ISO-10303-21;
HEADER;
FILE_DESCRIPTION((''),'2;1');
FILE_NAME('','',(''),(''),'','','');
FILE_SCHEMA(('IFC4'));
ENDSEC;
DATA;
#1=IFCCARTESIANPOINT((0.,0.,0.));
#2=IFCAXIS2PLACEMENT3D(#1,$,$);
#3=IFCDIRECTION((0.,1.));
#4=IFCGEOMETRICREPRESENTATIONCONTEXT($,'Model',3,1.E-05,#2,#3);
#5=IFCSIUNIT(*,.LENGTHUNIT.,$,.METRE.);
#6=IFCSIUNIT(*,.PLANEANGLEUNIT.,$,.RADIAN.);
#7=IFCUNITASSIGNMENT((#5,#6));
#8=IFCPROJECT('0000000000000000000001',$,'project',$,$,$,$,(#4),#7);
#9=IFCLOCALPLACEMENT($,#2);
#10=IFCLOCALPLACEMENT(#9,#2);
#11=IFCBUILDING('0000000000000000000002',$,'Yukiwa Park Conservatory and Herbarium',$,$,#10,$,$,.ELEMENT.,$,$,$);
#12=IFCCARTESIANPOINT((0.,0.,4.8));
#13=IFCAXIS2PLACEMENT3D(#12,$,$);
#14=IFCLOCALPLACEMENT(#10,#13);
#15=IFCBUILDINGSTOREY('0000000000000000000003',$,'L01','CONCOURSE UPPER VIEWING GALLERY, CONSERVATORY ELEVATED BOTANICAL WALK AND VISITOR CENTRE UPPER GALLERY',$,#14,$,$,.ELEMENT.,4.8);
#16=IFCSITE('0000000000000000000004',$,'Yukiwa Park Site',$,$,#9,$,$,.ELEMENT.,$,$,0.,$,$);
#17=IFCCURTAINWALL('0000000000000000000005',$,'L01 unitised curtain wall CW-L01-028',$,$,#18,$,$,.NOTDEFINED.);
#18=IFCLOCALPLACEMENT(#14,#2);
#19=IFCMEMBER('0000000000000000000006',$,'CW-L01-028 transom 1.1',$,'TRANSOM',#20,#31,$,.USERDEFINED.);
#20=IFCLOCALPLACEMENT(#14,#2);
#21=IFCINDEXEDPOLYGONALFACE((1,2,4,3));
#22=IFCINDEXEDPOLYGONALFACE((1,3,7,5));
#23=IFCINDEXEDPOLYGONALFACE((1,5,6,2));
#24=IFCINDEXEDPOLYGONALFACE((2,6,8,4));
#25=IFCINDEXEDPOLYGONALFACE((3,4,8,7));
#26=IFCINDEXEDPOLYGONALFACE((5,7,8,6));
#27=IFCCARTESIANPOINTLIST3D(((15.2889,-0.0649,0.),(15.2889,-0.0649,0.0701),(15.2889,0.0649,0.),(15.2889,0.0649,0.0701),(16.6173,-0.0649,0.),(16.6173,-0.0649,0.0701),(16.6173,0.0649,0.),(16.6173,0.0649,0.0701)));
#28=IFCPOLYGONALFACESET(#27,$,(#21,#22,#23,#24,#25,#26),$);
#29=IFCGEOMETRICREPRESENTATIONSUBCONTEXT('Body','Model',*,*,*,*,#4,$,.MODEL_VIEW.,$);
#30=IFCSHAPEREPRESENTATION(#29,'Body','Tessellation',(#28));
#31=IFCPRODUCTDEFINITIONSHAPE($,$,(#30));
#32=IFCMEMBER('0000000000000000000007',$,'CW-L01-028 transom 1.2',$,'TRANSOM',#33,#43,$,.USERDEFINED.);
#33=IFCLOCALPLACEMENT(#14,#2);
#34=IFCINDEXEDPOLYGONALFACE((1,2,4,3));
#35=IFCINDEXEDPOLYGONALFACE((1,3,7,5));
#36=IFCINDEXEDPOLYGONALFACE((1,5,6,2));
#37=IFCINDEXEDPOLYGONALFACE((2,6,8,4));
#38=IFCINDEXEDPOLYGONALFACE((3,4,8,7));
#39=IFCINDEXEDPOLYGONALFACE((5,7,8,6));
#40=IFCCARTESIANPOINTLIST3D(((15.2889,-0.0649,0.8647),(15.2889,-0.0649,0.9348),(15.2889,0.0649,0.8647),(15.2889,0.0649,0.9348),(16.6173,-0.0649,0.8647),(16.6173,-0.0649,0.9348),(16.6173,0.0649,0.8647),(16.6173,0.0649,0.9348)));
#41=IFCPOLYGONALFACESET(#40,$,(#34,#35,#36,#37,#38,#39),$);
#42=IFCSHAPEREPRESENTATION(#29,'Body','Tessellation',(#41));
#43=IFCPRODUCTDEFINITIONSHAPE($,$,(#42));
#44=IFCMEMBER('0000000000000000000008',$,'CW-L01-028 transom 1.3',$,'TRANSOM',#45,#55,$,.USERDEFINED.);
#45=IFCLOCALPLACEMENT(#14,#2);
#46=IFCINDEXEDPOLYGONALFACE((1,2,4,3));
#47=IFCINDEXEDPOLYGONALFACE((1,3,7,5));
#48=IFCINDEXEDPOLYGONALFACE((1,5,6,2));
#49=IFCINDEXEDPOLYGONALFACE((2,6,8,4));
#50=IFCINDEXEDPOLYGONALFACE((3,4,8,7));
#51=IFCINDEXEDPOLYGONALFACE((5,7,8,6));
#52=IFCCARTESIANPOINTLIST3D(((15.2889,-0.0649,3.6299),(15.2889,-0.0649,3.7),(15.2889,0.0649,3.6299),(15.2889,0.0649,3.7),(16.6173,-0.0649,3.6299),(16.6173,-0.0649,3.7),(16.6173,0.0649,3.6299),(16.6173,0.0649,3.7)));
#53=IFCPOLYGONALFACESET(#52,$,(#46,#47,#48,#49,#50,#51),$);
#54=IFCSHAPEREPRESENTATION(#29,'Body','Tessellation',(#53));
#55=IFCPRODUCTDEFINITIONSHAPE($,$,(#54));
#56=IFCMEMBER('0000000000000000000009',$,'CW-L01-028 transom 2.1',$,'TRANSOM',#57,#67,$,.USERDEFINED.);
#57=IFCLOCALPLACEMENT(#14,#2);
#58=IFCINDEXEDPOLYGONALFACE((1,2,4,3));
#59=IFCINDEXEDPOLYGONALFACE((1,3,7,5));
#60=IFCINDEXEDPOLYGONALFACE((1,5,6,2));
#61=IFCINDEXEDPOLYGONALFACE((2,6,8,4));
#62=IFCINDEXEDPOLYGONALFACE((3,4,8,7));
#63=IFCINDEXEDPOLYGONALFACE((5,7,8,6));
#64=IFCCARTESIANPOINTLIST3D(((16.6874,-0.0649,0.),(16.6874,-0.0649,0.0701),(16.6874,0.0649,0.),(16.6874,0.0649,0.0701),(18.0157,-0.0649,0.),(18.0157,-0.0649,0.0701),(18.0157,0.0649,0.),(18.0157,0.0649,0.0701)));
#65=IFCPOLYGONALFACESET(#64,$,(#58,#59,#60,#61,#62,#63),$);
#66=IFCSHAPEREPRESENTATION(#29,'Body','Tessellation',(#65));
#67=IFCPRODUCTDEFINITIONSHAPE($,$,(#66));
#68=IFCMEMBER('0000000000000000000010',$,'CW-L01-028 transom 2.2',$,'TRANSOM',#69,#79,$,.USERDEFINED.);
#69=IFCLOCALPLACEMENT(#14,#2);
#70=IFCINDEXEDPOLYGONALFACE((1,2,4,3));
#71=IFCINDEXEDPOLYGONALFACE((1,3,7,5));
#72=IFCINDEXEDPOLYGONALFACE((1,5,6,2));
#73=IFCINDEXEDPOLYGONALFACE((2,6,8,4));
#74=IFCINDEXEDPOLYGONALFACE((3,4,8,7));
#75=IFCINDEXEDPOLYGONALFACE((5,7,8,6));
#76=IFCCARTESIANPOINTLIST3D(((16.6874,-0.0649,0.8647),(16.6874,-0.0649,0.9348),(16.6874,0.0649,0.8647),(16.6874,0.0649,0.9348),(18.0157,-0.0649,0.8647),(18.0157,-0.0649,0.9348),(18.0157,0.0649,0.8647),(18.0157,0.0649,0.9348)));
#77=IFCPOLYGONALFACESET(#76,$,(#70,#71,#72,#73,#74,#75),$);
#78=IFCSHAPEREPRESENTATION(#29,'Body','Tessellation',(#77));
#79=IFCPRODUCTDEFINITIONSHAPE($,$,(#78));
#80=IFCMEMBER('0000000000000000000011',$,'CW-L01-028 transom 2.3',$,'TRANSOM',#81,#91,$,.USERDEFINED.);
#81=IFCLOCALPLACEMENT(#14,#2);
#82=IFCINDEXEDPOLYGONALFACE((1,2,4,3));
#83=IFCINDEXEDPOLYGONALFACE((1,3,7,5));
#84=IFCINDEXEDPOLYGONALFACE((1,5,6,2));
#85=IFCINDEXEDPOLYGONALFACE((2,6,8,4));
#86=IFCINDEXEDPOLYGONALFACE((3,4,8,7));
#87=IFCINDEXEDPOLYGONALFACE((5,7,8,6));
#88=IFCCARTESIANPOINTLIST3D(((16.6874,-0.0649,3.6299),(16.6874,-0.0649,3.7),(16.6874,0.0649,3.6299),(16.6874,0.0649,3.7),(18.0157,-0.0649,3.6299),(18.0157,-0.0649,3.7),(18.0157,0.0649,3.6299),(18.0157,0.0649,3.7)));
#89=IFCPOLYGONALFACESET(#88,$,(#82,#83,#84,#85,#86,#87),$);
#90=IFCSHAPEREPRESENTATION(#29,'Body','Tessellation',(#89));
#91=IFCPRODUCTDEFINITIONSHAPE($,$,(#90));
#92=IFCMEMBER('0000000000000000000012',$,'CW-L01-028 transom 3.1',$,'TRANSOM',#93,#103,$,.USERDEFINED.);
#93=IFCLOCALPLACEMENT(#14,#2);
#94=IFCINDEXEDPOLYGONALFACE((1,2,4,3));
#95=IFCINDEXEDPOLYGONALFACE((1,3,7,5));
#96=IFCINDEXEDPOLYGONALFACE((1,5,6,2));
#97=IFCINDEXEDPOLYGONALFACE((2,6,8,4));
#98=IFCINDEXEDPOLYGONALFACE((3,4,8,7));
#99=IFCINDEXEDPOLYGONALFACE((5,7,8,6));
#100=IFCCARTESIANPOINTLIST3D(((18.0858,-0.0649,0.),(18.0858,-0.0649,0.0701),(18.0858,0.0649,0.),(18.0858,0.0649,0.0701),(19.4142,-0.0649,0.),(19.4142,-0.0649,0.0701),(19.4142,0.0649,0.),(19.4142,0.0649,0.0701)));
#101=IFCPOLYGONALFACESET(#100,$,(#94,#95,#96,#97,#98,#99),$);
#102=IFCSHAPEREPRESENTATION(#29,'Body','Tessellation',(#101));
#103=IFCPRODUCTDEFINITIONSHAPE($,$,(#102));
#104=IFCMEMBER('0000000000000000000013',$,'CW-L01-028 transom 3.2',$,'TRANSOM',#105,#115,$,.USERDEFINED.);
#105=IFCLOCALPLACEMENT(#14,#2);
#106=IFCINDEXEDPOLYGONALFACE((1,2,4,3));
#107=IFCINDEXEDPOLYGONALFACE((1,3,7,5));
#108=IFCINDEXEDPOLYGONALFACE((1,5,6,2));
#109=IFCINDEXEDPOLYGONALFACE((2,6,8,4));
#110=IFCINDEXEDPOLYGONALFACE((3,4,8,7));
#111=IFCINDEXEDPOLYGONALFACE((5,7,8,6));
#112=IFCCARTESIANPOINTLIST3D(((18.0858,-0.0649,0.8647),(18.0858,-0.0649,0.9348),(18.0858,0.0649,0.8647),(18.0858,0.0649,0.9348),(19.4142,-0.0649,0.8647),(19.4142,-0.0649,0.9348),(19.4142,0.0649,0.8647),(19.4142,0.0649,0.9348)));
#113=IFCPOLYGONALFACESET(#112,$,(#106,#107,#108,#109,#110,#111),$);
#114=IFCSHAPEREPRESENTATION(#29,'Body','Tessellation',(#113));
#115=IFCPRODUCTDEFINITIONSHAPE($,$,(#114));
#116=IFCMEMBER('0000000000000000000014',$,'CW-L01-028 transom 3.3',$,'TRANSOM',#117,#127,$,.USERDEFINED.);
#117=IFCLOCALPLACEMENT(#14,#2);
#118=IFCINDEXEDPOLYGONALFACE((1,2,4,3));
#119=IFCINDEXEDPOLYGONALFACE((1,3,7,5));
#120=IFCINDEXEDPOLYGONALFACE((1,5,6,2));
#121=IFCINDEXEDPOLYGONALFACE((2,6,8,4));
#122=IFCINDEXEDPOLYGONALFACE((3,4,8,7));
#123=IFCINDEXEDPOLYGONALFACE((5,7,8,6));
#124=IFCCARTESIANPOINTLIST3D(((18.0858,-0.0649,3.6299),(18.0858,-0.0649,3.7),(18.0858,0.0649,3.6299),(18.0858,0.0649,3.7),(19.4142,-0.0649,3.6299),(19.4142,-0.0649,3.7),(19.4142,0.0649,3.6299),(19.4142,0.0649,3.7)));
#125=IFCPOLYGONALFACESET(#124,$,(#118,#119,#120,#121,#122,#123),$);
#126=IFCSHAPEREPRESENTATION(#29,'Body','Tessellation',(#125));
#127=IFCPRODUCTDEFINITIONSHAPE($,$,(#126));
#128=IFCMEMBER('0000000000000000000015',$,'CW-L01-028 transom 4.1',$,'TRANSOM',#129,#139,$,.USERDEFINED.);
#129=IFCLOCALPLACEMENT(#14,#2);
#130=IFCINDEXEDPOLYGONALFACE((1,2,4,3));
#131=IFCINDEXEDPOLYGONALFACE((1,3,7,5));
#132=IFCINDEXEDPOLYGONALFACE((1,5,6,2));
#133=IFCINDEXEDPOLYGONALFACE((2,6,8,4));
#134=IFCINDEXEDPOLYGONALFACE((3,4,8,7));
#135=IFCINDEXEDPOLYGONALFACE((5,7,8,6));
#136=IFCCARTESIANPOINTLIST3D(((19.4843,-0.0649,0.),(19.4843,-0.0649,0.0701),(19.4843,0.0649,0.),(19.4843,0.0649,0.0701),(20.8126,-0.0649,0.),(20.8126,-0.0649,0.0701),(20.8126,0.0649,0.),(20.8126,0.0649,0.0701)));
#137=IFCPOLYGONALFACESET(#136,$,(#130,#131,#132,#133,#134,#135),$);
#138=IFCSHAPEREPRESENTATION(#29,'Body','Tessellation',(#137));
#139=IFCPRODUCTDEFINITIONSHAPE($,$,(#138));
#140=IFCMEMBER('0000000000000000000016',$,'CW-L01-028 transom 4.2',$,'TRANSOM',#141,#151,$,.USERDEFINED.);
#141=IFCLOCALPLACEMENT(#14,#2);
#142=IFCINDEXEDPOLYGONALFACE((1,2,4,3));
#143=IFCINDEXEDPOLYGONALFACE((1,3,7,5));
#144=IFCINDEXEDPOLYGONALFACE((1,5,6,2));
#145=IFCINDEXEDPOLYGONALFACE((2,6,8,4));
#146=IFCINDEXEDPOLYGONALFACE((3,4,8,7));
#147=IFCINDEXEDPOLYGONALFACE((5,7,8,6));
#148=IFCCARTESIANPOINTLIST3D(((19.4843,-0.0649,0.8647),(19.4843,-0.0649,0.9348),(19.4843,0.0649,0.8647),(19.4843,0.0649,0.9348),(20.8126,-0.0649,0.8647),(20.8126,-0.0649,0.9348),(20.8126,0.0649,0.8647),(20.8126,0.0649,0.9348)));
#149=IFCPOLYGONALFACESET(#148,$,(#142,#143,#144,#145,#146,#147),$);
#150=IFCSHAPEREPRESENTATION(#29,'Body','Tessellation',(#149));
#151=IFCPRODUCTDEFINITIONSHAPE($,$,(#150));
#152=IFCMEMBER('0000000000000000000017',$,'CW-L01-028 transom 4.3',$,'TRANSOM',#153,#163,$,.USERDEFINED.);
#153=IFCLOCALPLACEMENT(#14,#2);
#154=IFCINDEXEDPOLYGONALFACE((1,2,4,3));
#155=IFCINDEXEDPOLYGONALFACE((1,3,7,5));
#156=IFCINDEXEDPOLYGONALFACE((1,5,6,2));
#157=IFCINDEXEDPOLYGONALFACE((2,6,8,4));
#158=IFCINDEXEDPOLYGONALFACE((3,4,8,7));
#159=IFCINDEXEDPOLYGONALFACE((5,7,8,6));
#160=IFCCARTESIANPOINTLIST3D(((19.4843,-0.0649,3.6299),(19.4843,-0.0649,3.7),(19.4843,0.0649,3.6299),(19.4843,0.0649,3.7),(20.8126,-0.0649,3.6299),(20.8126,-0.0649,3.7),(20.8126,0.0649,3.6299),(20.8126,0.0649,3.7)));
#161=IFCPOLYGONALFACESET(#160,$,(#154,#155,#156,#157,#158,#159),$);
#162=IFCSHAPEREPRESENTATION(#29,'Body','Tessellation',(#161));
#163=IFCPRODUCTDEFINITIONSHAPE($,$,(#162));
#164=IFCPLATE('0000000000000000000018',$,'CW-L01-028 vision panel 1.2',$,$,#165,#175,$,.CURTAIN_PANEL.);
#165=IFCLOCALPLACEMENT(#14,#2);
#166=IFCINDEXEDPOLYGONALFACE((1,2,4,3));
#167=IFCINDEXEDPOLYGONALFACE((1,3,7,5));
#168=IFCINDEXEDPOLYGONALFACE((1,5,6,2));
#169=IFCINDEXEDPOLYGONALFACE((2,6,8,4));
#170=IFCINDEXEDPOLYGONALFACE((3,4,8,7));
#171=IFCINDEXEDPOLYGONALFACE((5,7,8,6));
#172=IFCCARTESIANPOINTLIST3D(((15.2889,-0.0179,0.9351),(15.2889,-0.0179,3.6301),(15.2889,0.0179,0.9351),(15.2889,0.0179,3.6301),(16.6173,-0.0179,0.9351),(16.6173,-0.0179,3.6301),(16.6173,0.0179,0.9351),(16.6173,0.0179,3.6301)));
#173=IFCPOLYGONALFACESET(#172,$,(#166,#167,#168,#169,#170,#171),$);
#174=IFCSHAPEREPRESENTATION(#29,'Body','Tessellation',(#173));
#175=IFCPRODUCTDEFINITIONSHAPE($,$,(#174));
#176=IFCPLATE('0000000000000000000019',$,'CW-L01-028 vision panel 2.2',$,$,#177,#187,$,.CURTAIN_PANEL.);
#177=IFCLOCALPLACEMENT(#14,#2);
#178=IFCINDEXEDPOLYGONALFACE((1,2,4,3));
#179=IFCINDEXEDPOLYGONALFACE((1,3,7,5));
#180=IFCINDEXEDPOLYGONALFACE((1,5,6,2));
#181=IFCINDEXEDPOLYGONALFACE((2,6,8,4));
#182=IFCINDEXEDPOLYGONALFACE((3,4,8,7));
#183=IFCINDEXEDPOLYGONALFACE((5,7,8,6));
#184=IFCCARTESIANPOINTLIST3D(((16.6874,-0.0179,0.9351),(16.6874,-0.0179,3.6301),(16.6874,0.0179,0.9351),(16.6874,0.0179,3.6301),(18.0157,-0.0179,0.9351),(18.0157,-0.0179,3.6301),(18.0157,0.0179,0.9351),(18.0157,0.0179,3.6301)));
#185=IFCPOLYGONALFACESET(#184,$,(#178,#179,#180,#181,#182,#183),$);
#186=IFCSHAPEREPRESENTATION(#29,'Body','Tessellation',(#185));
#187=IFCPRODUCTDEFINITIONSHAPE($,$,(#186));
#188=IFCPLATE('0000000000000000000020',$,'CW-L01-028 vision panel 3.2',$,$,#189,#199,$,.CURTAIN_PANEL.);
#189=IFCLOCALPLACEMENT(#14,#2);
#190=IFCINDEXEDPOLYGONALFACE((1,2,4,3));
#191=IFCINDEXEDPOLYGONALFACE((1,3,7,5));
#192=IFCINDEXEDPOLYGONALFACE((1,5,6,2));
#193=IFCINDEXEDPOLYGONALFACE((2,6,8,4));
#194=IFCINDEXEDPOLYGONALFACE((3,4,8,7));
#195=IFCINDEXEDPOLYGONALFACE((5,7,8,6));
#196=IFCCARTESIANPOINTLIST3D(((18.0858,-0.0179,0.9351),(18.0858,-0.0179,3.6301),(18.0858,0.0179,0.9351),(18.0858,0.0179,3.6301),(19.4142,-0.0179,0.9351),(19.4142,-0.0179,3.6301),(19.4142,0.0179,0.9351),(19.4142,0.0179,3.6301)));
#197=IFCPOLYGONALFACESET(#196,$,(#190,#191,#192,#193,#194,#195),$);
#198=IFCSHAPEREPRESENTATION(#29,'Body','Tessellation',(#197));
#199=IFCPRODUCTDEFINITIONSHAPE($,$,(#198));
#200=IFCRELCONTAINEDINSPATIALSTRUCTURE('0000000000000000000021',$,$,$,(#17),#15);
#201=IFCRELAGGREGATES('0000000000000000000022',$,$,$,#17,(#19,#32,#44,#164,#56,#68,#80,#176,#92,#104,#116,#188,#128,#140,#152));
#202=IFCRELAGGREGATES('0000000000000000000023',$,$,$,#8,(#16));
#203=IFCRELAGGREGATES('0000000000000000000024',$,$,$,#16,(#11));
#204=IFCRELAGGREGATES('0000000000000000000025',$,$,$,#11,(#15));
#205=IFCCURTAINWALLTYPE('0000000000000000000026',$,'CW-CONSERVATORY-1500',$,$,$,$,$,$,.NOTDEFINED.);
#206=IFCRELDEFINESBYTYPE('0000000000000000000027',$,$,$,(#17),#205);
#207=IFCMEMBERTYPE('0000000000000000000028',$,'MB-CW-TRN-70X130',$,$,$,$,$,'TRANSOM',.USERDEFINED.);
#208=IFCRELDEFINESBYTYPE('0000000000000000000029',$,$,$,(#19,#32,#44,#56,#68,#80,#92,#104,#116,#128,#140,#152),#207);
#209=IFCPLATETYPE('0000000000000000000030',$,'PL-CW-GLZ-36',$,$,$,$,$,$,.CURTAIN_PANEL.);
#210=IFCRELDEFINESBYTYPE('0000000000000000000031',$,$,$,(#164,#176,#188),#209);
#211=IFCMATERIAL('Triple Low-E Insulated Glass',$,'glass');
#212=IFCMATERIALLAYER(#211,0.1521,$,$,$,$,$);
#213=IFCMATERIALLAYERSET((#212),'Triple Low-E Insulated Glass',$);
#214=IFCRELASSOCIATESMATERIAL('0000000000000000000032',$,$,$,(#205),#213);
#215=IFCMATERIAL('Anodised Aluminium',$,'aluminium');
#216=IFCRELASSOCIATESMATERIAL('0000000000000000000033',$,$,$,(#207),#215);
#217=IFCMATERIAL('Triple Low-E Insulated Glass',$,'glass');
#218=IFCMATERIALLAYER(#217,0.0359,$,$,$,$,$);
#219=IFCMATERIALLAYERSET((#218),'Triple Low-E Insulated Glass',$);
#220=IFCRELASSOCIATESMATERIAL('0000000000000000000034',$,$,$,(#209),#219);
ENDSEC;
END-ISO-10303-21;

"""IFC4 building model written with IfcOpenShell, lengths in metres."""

from ifc_helpers import new_model, si_unit, direction, frame, origin, origin_2d, place, context, subcontext, project, spatial, rectangle, extrude, material, layer, layer_set, type_object, element, aggregate, save


model = new_model("IFC4")

# Units and contexts
model_context = context("Model", 3, precision=1e-05, world=origin(), true_north=direction((0.0, 1.0)))
body_context = subcontext(model_context, "Body", "Model", "MODEL_VIEW")
ifc_project = project(units=[si_unit("LENGTHUNIT", "METRE"), si_unit("PLANEANGLEUNIT", "RADIAN")], contexts=[model_context])

# Site, building, storey
site_placement = place(None, origin())
site = spatial("IfcSite", under=ifc_project, at=site_placement, Name="Yukiwa Park Site", CompositionType="ELEMENT", RefElevation=0.0)
building_placement = place(site_placement, origin())
building = spatial("IfcBuilding", under=site, at=building_placement, Name="Yukiwa Park Conservatory and Herbarium", CompositionType="ELEMENT")
storey_placement = place(building_placement, frame((0.0, 0.0, 4.8)))
storey = spatial("IfcBuildingStorey", under=building, at=storey_placement, Name="L01", Description="CONCOURSE UPPER VIEWING GALLERY, CONSERVATORY ELEVATED BOTANICAL WALK AND VISITOR CENTRE UPPER GALLERY", CompositionType="ELEMENT", Elevation=4.8)

# Curtain wall, members, plates
ifc_material_1 = material(Name="Triple Low-E Insulated Glass", Category="glass")
ifc_layer_1 = layer(ifc_material_1, 0.1521)
ifc_layer_set_1 = layer_set([ifc_layer_1], Name="Triple Low-E Insulated Glass")
curtain_wall_type = type_object("IfcCurtainWallType", Name="CW-CONSERVATORY-1500", PredefinedType="NOTDEFINED", material=ifc_layer_set_1)
curtain_wall_placement = place(storey_placement, origin())
curtain_wall = element("IfcCurtainWall", 1, at=curtain_wall_placement, inside=storey, type_object=curtain_wall_type, Name="L01 unitised curtain wall CW-L01-028", PredefinedType="NOTDEFINED")
ifc_material_2 = material(Name="Anodised Aluminium", Category="aluminium")
member_type_1 = type_object("IfcMemberType", Name="MB-CW-TRN-70X130", ElementType="TRANSOM", PredefinedType="USERDEFINED", material=ifc_material_2)
member_1_placement = place(storey_placement, frame((15.9531, 0.0, 0.0), z_axis=(0.0, 0.0, 1.0), x_axis=(1.0, 0.0, 0.0)))
member_1 = element("IfcMember", 2, at=member_1_placement, type_object=member_type_1, Name="CW-L01-028 transom 1.1", ObjectType="TRANSOM", PredefinedType="USERDEFINED", context=body_context, shape_type="SweptSolid", body=[
    extrude(rectangle(XDim=1.3284, YDim=0.1299, at=origin_2d()), origin(), (0.0, 0.0, 1.0), 0.0701),
])
member_2_placement = place(storey_placement, frame((15.9531, 0.0, 0.8647), z_axis=(0.0, 0.0, 1.0), x_axis=(1.0, 0.0, 0.0)))
member_2 = element("IfcMember", 3, at=member_2_placement, type_object=member_type_1, Name="CW-L01-028 transom 1.2", ObjectType="TRANSOM", PredefinedType="USERDEFINED", context=body_context, shape_type="SweptSolid", body=[
    extrude(rectangle(XDim=1.3284, YDim=0.1299, at=origin_2d()), origin(), (0.0, 0.0, 1.0), 0.0701),
])
member_3_placement = place(storey_placement, frame((15.9531, 0.0, 3.6299), z_axis=(0.0, 0.0, 1.0), x_axis=(1.0, 0.0, 0.0)))
member_3 = element("IfcMember", 4, at=member_3_placement, type_object=member_type_1, Name="CW-L01-028 transom 1.3", ObjectType="TRANSOM", PredefinedType="USERDEFINED", context=body_context, shape_type="SweptSolid", body=[
    extrude(rectangle(XDim=1.3284, YDim=0.1299, at=origin_2d()), origin(), (0.0, 0.0, 1.0), 0.0701),
])
member_4_placement = place(storey_placement, frame((17.3516, 0.0, 0.0), z_axis=(0.0, 0.0, 1.0), x_axis=(1.0, 0.0, 0.0)))
member_4 = element("IfcMember", 5, at=member_4_placement, type_object=member_type_1, Name="CW-L01-028 transom 2.1", ObjectType="TRANSOM", PredefinedType="USERDEFINED", context=body_context, shape_type="SweptSolid", body=[
    extrude(rectangle(XDim=1.3284, YDim=0.1299, at=origin_2d()), origin(), (0.0, 0.0, 1.0), 0.0701),
])
member_5_placement = place(storey_placement, frame((17.3516, 0.0, 0.8647), z_axis=(0.0, 0.0, 1.0), x_axis=(1.0, 0.0, 0.0)))
member_5 = element("IfcMember", 6, at=member_5_placement, type_object=member_type_1, Name="CW-L01-028 transom 2.2", ObjectType="TRANSOM", PredefinedType="USERDEFINED", context=body_context, shape_type="SweptSolid", body=[
    extrude(rectangle(XDim=1.3284, YDim=0.1299, at=origin_2d()), origin(), (0.0, 0.0, 1.0), 0.0701),
])
member_6_placement = place(storey_placement, frame((17.3516, 0.0, 3.6299), z_axis=(0.0, 0.0, 1.0), x_axis=(1.0, 0.0, 0.0)))
member_6 = element("IfcMember", 7, at=member_6_placement, type_object=member_type_1, Name="CW-L01-028 transom 2.3", ObjectType="TRANSOM", PredefinedType="USERDEFINED", context=body_context, shape_type="SweptSolid", body=[
    extrude(rectangle(XDim=1.3284, YDim=0.1299, at=origin_2d()), origin(), (0.0, 0.0, 1.0), 0.0701),
])
member_7_placement = place(storey_placement, frame((18.75, 0.0, 0.0), z_axis=(0.0, 0.0, 1.0), x_axis=(1.0, 0.0, 0.0)))
member_7 = element("IfcMember", 8, at=member_7_placement, type_object=member_type_1, Name="CW-L01-028 transom 3.1", ObjectType="TRANSOM", PredefinedType="USERDEFINED", context=body_context, shape_type="SweptSolid", body=[
    extrude(rectangle(XDim=1.3284, YDim=0.1299, at=origin_2d()), origin(), (0.0, 0.0, 1.0), 0.0701),
])
member_8_placement = place(storey_placement, frame((18.75, 0.0, 0.8647), z_axis=(0.0, 0.0, 1.0), x_axis=(1.0, 0.0, 0.0)))
member_8 = element("IfcMember", 9, at=member_8_placement, type_object=member_type_1, Name="CW-L01-028 transom 3.2", ObjectType="TRANSOM", PredefinedType="USERDEFINED", context=body_context, shape_type="SweptSolid", body=[
    extrude(rectangle(XDim=1.3284, YDim=0.1299, at=origin_2d()), origin(), (0.0, 0.0, 1.0), 0.0701),
])
member_9_placement = place(storey_placement, frame((18.75, 0.0, 3.6299), z_axis=(0.0, 0.0, 1.0), x_axis=(1.0, 0.0, 0.0)))
member_9 = element("IfcMember", 10, at=member_9_placement, type_object=member_type_1, Name="CW-L01-028 transom 3.3", ObjectType="TRANSOM", PredefinedType="USERDEFINED", context=body_context, shape_type="SweptSolid", body=[
    extrude(rectangle(XDim=1.3284, YDim=0.1299, at=origin_2d()), origin(), (0.0, 0.0, 1.0), 0.0701),
])
member_10_placement = place(storey_placement, frame((20.1484, 0.0, 0.0), z_axis=(0.0, 0.0, 1.0), x_axis=(1.0, 0.0, 0.0)))
member_10 = element("IfcMember", 11, at=member_10_placement, type_object=member_type_1, Name="CW-L01-028 transom 4.1", ObjectType="TRANSOM", PredefinedType="USERDEFINED", context=body_context, shape_type="SweptSolid", body=[
    extrude(rectangle(XDim=1.3284, YDim=0.1299, at=origin_2d()), origin(), (0.0, 0.0, 1.0), 0.0701),
])
member_11_placement = place(storey_placement, frame((20.1484, 0.0, 0.8647), z_axis=(0.0, 0.0, 1.0), x_axis=(1.0, 0.0, 0.0)))
member_11 = element("IfcMember", 12, at=member_11_placement, type_object=member_type_1, Name="CW-L01-028 transom 4.2", ObjectType="TRANSOM", PredefinedType="USERDEFINED", context=body_context, shape_type="SweptSolid", body=[
    extrude(rectangle(XDim=1.3284, YDim=0.1299, at=origin_2d()), origin(), (0.0, 0.0, 1.0), 0.0701),
])
member_12_placement = place(storey_placement, frame((20.1484, 0.0, 3.6299), z_axis=(0.0, 0.0, 1.0), x_axis=(1.0, 0.0, 0.0)))
member_12 = element("IfcMember", 13, at=member_12_placement, type_object=member_type_1, Name="CW-L01-028 transom 4.3", ObjectType="TRANSOM", PredefinedType="USERDEFINED", context=body_context, shape_type="SweptSolid", body=[
    extrude(rectangle(XDim=1.3284, YDim=0.1299, at=origin_2d()), origin(), (0.0, 0.0, 1.0), 0.0701),
])
ifc_material_3 = material(Name="Triple Low-E Insulated Glass", Category="glass")
ifc_layer_2 = layer(ifc_material_3, 0.0359)
ifc_layer_set_2 = layer_set([ifc_layer_2], Name="Triple Low-E Insulated Glass")
plate_type_1 = type_object("IfcPlateType", Name="PL-CW-GLZ-36", PredefinedType="CURTAIN_PANEL", material=ifc_layer_set_2)
plate_1_placement = place(storey_placement, frame((15.9531, 0.0, 0.9351), z_axis=(0.0, 0.0, 1.0), x_axis=(1.0, 0.0, 0.0)))
plate_1 = element("IfcPlate", 14, at=plate_1_placement, type_object=plate_type_1, Name="CW-L01-028 vision panel 1.2", PredefinedType="CURTAIN_PANEL", context=body_context, shape_type="SweptSolid", body=[
    extrude(rectangle(XDim=1.3284, YDim=0.0359, at=origin_2d()), origin(), (0.0, 0.0, 1.0), 2.6951),
])
plate_2_placement = place(storey_placement, frame((17.3516, 0.0, 0.9351), z_axis=(0.0, 0.0, 1.0), x_axis=(1.0, 0.0, 0.0)))
plate_2 = element("IfcPlate", 15, at=plate_2_placement, type_object=plate_type_1, Name="CW-L01-028 vision panel 2.2", PredefinedType="CURTAIN_PANEL", context=body_context, shape_type="SweptSolid", body=[
    extrude(rectangle(XDim=1.3284, YDim=0.0359, at=origin_2d()), origin(), (0.0, 0.0, 1.0), 2.6951),
])
plate_3_placement = place(storey_placement, frame((18.75, 0.0, 0.9351), z_axis=(0.0, 0.0, 1.0), x_axis=(1.0, 0.0, 0.0)))
plate_3 = element("IfcPlate", 16, at=plate_3_placement, type_object=plate_type_1, Name="CW-L01-028 vision panel 3.2", PredefinedType="CURTAIN_PANEL", context=body_context, shape_type="SweptSolid", body=[
    extrude(rectangle(XDim=1.3284, YDim=0.0359, at=origin_2d()), origin(), (0.0, 0.0, 1.0), 2.6951),
])
aggregate(curtain_wall, [member_1, member_2, member_3, plate_1, member_4, member_5, member_6, plate_2, member_7, member_8, member_9, plate_3, member_10, member_11, member_12])

save(model, "model.ifc")
